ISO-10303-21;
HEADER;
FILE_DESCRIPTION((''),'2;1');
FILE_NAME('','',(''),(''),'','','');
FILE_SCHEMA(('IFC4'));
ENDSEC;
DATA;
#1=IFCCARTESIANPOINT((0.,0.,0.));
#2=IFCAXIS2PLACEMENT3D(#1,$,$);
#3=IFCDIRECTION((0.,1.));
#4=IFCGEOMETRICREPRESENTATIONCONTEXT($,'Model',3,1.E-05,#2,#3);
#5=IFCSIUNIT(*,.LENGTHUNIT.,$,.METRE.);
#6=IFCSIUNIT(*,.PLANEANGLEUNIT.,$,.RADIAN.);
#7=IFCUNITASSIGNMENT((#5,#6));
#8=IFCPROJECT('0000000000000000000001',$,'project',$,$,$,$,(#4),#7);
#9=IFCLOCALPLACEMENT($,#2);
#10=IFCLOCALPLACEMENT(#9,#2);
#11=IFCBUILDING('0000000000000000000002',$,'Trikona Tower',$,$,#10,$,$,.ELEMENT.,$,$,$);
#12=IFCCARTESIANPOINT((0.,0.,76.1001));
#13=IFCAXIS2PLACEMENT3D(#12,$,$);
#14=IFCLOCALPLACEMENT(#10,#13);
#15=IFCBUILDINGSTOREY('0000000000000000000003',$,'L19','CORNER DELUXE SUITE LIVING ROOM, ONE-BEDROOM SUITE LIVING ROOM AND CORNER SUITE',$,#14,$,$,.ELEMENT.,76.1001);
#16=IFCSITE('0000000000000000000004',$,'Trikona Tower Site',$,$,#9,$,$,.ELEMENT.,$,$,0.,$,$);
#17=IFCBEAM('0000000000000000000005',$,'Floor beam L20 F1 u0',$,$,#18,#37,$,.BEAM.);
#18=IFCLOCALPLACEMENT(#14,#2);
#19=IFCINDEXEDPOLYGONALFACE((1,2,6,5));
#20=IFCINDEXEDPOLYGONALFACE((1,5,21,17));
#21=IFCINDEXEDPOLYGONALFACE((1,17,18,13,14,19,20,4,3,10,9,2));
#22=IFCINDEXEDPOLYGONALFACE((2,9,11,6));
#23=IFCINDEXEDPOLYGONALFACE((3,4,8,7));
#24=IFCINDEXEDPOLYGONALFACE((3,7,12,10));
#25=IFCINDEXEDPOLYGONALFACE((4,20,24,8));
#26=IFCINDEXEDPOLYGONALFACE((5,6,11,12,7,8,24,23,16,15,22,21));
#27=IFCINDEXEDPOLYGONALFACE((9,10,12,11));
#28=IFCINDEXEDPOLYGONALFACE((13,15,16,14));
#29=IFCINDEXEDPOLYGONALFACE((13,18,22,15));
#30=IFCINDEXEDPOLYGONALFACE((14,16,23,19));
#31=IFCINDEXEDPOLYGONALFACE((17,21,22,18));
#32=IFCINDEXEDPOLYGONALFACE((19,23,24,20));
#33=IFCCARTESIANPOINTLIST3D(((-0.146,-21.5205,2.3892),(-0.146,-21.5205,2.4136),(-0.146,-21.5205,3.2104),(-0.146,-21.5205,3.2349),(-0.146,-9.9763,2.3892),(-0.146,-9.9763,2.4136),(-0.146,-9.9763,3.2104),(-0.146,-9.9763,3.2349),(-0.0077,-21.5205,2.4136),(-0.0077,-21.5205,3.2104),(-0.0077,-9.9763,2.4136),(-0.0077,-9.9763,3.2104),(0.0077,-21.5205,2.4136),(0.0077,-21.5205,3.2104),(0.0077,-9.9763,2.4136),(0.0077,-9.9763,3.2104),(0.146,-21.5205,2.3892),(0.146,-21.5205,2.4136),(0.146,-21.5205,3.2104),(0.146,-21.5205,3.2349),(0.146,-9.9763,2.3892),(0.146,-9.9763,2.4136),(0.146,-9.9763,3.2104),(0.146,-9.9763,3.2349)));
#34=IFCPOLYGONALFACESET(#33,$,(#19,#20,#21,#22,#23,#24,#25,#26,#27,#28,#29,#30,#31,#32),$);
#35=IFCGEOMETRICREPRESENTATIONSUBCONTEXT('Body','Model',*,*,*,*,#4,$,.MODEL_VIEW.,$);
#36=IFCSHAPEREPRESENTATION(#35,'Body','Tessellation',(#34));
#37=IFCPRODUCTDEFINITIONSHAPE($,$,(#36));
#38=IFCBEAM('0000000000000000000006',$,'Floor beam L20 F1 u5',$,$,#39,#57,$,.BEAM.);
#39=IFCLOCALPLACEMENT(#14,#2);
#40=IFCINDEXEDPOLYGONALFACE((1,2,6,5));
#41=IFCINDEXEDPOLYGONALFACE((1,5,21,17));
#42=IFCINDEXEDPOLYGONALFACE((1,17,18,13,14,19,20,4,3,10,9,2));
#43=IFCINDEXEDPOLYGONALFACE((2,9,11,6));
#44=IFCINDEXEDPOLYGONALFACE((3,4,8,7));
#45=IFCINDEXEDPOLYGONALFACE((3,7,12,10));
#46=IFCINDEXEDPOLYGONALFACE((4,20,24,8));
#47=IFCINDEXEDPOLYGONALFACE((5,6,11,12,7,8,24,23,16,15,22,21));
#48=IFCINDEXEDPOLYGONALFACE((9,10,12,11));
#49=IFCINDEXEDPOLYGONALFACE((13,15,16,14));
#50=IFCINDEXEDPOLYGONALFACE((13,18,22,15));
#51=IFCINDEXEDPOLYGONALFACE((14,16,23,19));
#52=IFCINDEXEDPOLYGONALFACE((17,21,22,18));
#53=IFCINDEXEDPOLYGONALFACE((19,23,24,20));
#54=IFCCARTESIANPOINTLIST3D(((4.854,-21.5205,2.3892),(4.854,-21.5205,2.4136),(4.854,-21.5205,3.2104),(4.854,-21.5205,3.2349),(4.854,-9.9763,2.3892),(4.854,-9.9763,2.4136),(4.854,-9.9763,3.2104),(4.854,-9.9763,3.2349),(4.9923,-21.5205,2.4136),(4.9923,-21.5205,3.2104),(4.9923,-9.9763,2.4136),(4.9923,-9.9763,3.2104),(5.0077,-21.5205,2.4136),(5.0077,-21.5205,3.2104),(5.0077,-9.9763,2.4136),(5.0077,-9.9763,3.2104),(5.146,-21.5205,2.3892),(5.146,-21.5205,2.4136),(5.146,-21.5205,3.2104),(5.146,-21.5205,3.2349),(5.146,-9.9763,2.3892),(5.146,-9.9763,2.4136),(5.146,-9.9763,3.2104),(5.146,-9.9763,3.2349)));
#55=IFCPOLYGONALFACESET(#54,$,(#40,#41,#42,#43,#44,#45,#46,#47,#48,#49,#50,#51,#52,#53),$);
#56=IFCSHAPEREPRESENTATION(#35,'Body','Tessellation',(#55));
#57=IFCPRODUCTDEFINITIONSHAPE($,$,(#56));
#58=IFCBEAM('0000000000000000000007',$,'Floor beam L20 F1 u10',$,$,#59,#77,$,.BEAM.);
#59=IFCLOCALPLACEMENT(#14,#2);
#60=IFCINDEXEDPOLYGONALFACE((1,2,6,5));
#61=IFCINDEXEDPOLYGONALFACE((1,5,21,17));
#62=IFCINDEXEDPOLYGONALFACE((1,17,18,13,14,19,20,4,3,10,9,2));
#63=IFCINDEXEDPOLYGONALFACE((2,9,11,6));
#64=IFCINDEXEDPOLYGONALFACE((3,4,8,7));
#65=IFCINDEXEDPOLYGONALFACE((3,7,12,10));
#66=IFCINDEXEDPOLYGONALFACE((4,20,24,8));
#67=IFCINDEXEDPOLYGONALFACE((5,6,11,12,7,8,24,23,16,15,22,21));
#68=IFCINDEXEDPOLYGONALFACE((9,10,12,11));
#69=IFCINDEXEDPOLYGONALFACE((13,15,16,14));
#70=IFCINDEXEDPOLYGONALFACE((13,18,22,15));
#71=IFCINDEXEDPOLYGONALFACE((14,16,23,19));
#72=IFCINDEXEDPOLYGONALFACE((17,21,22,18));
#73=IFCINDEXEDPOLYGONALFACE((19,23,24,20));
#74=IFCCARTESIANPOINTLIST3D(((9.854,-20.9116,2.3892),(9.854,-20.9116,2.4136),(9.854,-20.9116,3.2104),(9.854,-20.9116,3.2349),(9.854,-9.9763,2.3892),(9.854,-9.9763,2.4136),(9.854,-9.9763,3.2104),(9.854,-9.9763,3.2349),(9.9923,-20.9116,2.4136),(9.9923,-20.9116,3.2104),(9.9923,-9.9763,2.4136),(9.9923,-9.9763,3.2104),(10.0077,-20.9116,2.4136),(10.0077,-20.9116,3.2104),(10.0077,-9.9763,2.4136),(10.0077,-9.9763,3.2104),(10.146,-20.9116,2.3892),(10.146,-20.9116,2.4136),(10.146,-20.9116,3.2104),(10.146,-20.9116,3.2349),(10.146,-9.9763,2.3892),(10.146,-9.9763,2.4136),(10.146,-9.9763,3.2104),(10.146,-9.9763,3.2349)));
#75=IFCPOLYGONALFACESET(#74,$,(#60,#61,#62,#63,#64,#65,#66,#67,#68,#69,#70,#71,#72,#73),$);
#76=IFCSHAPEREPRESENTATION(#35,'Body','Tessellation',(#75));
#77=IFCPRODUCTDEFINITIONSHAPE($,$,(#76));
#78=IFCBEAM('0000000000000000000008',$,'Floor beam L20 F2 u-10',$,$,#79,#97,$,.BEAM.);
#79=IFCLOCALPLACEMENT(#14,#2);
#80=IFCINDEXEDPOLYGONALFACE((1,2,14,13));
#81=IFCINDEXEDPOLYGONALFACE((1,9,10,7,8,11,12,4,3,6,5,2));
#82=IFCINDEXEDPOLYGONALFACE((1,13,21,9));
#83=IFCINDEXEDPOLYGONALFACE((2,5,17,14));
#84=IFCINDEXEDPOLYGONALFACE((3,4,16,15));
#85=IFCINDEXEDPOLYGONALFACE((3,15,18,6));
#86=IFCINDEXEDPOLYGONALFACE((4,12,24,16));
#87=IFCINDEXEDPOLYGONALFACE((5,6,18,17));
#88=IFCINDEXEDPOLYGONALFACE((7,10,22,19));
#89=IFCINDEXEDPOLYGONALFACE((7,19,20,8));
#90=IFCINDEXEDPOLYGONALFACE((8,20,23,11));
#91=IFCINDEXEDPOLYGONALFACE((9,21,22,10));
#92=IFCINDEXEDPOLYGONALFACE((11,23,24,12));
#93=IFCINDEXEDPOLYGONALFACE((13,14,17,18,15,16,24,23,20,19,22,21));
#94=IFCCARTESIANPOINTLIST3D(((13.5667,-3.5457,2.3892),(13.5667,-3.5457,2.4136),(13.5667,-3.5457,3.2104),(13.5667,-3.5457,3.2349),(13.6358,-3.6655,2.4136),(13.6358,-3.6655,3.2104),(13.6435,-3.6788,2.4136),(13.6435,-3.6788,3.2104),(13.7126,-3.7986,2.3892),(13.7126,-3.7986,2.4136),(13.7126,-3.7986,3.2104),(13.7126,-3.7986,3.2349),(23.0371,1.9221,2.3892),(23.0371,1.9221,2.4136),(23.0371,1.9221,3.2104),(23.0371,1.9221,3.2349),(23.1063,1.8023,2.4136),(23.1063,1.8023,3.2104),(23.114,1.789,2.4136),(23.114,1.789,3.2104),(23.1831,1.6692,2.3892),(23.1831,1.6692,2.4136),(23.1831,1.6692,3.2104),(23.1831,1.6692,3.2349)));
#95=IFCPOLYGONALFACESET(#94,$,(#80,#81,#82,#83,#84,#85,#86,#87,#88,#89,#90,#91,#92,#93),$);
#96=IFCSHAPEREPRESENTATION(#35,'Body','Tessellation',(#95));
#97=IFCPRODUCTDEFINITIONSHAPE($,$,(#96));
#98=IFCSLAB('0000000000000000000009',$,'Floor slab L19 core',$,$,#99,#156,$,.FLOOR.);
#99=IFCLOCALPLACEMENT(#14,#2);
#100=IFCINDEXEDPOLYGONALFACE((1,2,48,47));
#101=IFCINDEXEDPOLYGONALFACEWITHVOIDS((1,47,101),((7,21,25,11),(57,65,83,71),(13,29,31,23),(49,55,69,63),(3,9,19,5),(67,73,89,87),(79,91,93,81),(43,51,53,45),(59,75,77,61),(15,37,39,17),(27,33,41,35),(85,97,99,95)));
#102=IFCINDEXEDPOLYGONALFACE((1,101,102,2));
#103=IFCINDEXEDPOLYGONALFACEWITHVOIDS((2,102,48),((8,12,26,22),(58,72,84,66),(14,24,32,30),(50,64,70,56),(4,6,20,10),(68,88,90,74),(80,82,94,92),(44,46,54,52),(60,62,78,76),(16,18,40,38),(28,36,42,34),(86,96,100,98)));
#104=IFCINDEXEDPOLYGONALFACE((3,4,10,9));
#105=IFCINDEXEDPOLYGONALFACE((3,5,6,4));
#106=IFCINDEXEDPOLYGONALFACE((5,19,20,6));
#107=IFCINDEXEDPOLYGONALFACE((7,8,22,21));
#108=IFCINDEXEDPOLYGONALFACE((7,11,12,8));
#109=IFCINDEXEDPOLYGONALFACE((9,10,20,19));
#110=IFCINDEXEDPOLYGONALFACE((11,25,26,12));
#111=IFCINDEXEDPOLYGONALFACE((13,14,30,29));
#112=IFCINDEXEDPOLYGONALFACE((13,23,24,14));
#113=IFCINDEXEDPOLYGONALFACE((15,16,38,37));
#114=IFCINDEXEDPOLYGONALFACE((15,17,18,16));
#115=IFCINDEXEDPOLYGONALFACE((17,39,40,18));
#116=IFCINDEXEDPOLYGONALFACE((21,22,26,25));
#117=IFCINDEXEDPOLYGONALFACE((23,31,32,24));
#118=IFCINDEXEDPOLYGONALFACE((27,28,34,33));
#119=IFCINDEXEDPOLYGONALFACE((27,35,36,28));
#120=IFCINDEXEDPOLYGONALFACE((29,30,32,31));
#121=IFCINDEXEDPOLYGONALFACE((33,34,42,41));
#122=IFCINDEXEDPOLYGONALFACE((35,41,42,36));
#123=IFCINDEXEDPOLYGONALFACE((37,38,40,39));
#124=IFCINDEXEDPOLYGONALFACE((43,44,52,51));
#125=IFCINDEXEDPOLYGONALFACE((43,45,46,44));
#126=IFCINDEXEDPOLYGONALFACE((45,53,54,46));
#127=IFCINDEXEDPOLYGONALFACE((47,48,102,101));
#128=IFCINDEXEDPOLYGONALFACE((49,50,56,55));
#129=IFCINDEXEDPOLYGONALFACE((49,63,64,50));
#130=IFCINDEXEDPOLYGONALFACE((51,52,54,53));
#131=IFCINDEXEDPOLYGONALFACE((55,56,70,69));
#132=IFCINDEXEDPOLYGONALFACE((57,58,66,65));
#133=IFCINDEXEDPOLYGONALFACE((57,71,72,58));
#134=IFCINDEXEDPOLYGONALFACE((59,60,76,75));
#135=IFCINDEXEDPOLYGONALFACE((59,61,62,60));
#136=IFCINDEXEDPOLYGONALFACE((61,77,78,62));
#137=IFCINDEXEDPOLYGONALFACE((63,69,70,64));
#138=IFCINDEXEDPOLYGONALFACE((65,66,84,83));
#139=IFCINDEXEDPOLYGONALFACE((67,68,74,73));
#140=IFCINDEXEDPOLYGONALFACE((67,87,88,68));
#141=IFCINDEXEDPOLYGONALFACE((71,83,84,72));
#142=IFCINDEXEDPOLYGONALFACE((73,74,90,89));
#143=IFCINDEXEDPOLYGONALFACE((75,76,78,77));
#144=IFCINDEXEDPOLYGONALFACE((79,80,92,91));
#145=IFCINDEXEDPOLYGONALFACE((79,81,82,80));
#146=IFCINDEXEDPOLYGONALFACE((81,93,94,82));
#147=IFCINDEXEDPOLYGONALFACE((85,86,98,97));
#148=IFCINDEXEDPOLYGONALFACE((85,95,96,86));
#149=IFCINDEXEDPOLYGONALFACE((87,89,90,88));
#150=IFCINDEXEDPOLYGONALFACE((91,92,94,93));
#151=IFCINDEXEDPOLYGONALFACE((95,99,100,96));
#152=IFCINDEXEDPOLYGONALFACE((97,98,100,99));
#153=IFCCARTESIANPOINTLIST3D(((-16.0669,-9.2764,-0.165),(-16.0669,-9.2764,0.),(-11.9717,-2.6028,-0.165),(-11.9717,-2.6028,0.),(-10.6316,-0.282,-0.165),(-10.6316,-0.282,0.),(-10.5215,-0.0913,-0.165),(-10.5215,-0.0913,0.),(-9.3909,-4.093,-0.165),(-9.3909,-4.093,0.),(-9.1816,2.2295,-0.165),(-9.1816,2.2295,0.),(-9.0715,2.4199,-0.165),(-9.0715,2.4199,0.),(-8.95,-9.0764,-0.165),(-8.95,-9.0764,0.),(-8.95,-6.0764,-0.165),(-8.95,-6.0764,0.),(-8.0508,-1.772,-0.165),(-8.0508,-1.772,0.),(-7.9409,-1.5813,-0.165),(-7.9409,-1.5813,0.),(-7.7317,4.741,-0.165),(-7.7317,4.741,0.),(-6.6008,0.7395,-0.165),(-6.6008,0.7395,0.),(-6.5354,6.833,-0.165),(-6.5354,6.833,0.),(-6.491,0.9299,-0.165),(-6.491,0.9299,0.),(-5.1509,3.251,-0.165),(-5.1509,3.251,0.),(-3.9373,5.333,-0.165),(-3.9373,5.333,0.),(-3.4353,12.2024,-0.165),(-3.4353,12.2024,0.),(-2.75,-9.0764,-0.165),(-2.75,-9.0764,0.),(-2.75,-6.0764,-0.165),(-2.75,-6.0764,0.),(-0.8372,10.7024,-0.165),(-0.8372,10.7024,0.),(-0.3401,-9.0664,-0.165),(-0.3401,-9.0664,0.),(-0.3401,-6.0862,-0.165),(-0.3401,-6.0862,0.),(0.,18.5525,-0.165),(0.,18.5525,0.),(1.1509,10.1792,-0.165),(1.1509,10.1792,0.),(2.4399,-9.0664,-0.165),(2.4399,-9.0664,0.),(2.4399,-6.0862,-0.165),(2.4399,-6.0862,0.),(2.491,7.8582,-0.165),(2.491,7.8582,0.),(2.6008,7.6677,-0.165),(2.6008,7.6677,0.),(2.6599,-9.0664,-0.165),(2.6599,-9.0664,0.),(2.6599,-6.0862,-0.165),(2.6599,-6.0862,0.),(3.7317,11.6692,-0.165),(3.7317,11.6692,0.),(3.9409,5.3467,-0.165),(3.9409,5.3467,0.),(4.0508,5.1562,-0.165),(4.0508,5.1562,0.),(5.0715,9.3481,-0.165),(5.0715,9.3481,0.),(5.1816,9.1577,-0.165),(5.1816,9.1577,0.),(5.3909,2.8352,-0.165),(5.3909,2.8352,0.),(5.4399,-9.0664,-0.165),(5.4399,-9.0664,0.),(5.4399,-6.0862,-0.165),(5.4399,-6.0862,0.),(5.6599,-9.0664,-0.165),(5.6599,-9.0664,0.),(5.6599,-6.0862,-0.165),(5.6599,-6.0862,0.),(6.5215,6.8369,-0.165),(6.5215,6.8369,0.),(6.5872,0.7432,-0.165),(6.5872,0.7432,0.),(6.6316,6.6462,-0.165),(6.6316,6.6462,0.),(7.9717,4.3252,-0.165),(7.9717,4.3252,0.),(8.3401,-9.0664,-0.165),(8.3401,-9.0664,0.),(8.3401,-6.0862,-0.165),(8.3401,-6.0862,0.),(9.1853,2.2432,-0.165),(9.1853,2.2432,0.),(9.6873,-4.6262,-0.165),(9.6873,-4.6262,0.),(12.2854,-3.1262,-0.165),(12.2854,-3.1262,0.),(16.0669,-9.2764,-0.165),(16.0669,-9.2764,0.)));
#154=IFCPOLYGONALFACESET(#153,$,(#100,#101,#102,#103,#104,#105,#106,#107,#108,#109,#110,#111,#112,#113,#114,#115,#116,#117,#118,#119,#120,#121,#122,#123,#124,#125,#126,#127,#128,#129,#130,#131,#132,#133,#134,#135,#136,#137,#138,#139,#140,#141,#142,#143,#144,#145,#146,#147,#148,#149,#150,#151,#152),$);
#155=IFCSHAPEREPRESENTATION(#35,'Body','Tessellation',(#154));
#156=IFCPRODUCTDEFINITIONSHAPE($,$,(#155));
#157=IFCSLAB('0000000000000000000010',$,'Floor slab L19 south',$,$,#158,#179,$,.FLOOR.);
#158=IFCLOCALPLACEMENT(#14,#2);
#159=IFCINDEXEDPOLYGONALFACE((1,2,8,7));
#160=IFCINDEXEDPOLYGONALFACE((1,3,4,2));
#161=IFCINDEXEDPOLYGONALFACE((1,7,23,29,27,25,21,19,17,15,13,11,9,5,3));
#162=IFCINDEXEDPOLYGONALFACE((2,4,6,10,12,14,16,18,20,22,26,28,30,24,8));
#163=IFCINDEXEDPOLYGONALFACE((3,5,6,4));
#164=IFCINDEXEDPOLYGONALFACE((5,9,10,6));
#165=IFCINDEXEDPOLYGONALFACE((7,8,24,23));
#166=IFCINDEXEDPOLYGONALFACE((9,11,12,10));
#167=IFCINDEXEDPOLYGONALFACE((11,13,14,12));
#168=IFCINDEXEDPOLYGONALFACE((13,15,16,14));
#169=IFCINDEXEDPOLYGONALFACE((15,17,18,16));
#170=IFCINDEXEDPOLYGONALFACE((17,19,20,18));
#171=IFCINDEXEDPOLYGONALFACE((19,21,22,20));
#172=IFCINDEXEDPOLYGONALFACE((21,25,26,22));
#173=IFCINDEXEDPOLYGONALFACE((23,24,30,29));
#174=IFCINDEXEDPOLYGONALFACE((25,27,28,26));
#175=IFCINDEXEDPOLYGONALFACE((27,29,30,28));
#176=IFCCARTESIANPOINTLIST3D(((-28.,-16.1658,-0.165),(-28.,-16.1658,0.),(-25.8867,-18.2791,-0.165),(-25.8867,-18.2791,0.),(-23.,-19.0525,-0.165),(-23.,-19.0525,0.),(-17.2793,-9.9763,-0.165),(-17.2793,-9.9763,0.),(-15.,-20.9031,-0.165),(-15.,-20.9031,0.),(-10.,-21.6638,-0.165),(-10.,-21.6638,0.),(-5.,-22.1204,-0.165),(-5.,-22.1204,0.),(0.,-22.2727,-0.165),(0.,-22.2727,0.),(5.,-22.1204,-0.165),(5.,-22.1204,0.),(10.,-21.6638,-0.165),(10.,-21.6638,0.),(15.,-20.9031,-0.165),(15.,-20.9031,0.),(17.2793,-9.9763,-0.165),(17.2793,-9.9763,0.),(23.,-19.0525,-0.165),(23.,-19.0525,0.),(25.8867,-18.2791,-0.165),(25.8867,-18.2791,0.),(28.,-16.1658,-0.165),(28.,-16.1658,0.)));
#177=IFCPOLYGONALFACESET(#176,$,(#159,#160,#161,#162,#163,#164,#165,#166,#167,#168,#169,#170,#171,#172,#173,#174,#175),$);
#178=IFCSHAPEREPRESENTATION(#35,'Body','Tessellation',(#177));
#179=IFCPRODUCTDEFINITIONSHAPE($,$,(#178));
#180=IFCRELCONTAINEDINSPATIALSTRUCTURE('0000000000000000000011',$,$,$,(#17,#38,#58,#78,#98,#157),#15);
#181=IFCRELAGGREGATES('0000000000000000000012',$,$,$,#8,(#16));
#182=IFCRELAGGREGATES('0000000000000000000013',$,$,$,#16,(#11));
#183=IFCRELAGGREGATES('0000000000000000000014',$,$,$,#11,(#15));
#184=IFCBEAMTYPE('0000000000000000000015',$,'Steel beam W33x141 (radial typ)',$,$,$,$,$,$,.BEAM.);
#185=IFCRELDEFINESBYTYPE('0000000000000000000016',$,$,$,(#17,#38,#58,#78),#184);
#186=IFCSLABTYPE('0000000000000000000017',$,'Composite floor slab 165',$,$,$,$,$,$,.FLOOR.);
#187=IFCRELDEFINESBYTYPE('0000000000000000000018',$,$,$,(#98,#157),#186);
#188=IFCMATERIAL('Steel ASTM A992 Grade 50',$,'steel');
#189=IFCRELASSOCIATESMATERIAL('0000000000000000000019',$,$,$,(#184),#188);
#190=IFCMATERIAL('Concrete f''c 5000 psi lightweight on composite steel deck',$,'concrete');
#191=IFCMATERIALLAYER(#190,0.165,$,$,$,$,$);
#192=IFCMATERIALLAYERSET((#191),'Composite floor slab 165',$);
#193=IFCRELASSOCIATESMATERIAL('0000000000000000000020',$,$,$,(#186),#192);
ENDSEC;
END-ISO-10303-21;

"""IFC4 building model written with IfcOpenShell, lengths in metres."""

from ifc_helpers import new_model, si_unit, direction, frame, origin, origin_2d, place, context, subcontext, project, spatial, polyline, i_section, outline, extrude, material, layer, layer_set, material_profile, profile_set, type_object, element, save


model = new_model("IFC4")

# Units and contexts
model_context = context("Model", 3, precision=1e-05, world=origin(), true_north=direction((0.0, 1.0)))
body_context = subcontext(model_context, "Body", "Model", "MODEL_VIEW")
ifc_project = project(units=[si_unit("LENGTHUNIT", "METRE"), si_unit("PLANEANGLEUNIT", "RADIAN")], contexts=[model_context])

# Site, building, storey
site_placement = place(None, origin())
site = spatial("IfcSite", under=ifc_project, at=site_placement, Name="Trikona Tower Site", CompositionType="ELEMENT", RefElevation=0.0)
building_placement = place(site_placement, origin())
building = spatial("IfcBuilding", under=site, at=building_placement, Name="Trikona Tower", CompositionType="ELEMENT")
storey_placement = place(building_placement, frame((0.0, 0.0, 76.1001)))
storey = spatial("IfcBuildingStorey", under=building, at=storey_placement, Name="L19", Description="CORNER DELUXE SUITE LIVING ROOM, ONE-BEDROOM SUITE LIVING ROOM AND CORNER SUITE", CompositionType="ELEMENT", Elevation=76.1001)

# Beams
ifc_material_1 = material(Name="Steel ASTM A992 Grade 50", Category="steel")
ifc_material_profile = material_profile(ifc_material_1, i_section(OverallWidth=0.292, OverallDepth=0.8457, WebThickness=0.0154, FlangeThickness=0.0244, at=origin_2d()), Name="W33X141")
ifc_profile_set = profile_set([ifc_material_profile], Name="Steel ASTM A992 Grade 50")
beam_type = type_object("IfcBeamType", Name="Steel beam W33x141 (radial typ)", PredefinedType="BEAM", material=ifc_profile_set)
for number, where, z_axis, x_axis, name in (
    (1, (0.0, -9.9763, 2.812), (0.0, -1.0, 0.0), (1.0, 0.0, 0.0), "Floor beam L20 F1 u0"),
    (2, (5.0, -9.9763, 2.812), (0.0, -1.0, 0.0), (1.0, 0.0, 0.0), "Floor beam L20 F1 u5"),
):
    element("IfcBeam", number, at=place(storey_placement, frame(where, z_axis=z_axis, x_axis=x_axis)), inside=storey, type_object=beam_type, Name=name, PredefinedType="BEAM", context=body_context, shape_type="SweptSolid", body=[
        extrude(i_section(OverallWidth=0.292, OverallDepth=0.8457, WebThickness=0.0154, FlangeThickness=0.0244, at=origin_2d()), origin(), (0.0, 0.0, 1.0), 11.5442),
    ])
beam_1_placement = place(storey_placement, frame((10.0, -9.9763, 2.812), z_axis=(0.0, -1.0, 0.0), x_axis=(1.0, 0.0, 0.0)))
element("IfcBeam", 3, at=beam_1_placement, inside=storey, type_object=beam_type, Name="Floor beam L20 F1 u10", PredefinedType="BEAM", context=body_context, shape_type="SweptSolid", body=[
    extrude(i_section(OverallWidth=0.292, OverallDepth=0.8457, WebThickness=0.0154, FlangeThickness=0.0244, at=origin_2d()), origin(), (0.0, 0.0, 1.0), 10.9353),
])
beam_2_placement = place(storey_placement, frame((13.6396, -3.6721, 2.812), z_axis=(0.866025, 0.5, 0.0), x_axis=(-0.5, 0.866025, 0.0)))
element("IfcBeam", 4, at=beam_2_placement, inside=storey, type_object=beam_type, Name="Floor beam L20 F2 u-10", PredefinedType="BEAM", context=body_context, shape_type="SweptSolid", body=[
    extrude(i_section(OverallWidth=0.292, OverallDepth=0.8457, WebThickness=0.0154, FlangeThickness=0.0244, at=origin_2d()), origin(), (0.0, 0.0, 1.0), 10.9355),
])

# Slabs
ifc_material_2 = material(Name="Concrete f'c 5000 psi lightweight on composite steel deck", Category="concrete")
ifc_layer_1 = layer(ifc_material_2, 0.165)
ifc_layer_set_1 = layer_set([ifc_layer_1], Name="Composite floor slab 165")
slab_type = type_object("IfcSlabType", Name="Composite floor slab 165", PredefinedType="FLOOR", material=ifc_layer_set_1)
slab_1_placement = place(storey_placement, frame((0.0, 0.0, -0.165)))
element("IfcSlab", 5, at=slab_1_placement, inside=storey, type_object=slab_type, Name="Floor slab L19 core", PredefinedType="FLOOR", context=body_context, shape_type="SweptSolid", body=[
    extrude(outline(polyline([(-16.0669, -9.2764), (16.0669, -9.2764), (0.0, 18.5525), (-16.0669, -9.2764)]), holes=[polyline([(12.2854, -3.1262), (9.1853, 2.2432), (6.5872, 0.7432), (9.6873, -4.6262), (12.2854, -3.1262)]), polyline([(8.3401, -9.0664), (8.3401, -6.0862), (5.6599, -6.0862), (5.6599, -9.0664), (8.3401, -9.0664)]), polyline([(5.3909, 2.8352), (7.9717, 4.3252), (6.6316, 6.6462), (4.0508, 5.1562), (5.3909, 2.8352)]), polyline([(2.6008, 7.6677), (3.9409, 5.3467), (6.5215, 6.8369), (5.1816, 9.1577), (2.6008, 7.6677)]), polyline([(5.4399, -6.0862), (2.6599, -6.0862), (2.6599, -9.0664), (5.4399, -9.0664), (5.4399, -6.0862)]), polyline([(3.7317, 11.6692), (1.1509, 10.1792), (2.491, 7.8582), (5.0715, 9.3481), (3.7317, 11.6692)]), polyline([(-0.3401, -6.0862), (-0.3401, -9.0664), (2.4399, -9.0664), (2.4399, -6.0862), (-0.3401, -6.0862)]), polyline([(-3.4353, 12.2024), (-6.5354, 6.833), (-3.9373, 5.333), (-0.8372, 10.7024), (-3.4353, 12.2024)]), polyline([(-8.95, -9.0764), (-2.75, -9.0764), (-2.75, -6.0764), (-8.95, -6.0764), (-8.95, -9.0764)]), polyline([(-5.1509, 3.251), (-7.7317, 4.741), (-9.0715, 2.4199), (-6.491, 0.9299), (-5.1509, 3.251)]), polyline([(-7.9409, -1.5813), (-6.6008, 0.7395), (-9.1816, 2.2295), (-10.5215, -0.0913), (-7.9409, -1.5813)]), polyline([(-11.9717, -2.6028), (-9.3909, -4.093), (-8.0508, -1.772), (-10.6316, -0.282), (-11.9717, -2.6028)])]), origin(), (0.0, 0.0, 1.0), 0.165),
])
slab_2_placement = place(storey_placement, frame((0.0, 0.0, -0.165)))
element("IfcSlab", 6, at=slab_2_placement, inside=storey, type_object=slab_type, Name="Floor slab L19 south", PredefinedType="FLOOR", context=body_context, shape_type="SweptSolid", body=[
    extrude(outline(polyline([(25.8867, -18.2791), (28.0, -16.1658), (17.2793, -9.9763), (-17.2793, -9.9763), (-28.0, -16.1658), (-25.8867, -18.2791), (-23.0, -19.0525), (-15.0, -20.9031), (-10.0, -21.6638), (-5.0, -22.1204), (0.0, -22.2727), (5.0, -22.1204), (10.0, -21.6638), (15.0, -20.9031), (23.0, -19.0525), (25.8867, -18.2791)])), origin(), (0.0, 0.0, 1.0), 0.165),
])

save(model, "model.ifc")
